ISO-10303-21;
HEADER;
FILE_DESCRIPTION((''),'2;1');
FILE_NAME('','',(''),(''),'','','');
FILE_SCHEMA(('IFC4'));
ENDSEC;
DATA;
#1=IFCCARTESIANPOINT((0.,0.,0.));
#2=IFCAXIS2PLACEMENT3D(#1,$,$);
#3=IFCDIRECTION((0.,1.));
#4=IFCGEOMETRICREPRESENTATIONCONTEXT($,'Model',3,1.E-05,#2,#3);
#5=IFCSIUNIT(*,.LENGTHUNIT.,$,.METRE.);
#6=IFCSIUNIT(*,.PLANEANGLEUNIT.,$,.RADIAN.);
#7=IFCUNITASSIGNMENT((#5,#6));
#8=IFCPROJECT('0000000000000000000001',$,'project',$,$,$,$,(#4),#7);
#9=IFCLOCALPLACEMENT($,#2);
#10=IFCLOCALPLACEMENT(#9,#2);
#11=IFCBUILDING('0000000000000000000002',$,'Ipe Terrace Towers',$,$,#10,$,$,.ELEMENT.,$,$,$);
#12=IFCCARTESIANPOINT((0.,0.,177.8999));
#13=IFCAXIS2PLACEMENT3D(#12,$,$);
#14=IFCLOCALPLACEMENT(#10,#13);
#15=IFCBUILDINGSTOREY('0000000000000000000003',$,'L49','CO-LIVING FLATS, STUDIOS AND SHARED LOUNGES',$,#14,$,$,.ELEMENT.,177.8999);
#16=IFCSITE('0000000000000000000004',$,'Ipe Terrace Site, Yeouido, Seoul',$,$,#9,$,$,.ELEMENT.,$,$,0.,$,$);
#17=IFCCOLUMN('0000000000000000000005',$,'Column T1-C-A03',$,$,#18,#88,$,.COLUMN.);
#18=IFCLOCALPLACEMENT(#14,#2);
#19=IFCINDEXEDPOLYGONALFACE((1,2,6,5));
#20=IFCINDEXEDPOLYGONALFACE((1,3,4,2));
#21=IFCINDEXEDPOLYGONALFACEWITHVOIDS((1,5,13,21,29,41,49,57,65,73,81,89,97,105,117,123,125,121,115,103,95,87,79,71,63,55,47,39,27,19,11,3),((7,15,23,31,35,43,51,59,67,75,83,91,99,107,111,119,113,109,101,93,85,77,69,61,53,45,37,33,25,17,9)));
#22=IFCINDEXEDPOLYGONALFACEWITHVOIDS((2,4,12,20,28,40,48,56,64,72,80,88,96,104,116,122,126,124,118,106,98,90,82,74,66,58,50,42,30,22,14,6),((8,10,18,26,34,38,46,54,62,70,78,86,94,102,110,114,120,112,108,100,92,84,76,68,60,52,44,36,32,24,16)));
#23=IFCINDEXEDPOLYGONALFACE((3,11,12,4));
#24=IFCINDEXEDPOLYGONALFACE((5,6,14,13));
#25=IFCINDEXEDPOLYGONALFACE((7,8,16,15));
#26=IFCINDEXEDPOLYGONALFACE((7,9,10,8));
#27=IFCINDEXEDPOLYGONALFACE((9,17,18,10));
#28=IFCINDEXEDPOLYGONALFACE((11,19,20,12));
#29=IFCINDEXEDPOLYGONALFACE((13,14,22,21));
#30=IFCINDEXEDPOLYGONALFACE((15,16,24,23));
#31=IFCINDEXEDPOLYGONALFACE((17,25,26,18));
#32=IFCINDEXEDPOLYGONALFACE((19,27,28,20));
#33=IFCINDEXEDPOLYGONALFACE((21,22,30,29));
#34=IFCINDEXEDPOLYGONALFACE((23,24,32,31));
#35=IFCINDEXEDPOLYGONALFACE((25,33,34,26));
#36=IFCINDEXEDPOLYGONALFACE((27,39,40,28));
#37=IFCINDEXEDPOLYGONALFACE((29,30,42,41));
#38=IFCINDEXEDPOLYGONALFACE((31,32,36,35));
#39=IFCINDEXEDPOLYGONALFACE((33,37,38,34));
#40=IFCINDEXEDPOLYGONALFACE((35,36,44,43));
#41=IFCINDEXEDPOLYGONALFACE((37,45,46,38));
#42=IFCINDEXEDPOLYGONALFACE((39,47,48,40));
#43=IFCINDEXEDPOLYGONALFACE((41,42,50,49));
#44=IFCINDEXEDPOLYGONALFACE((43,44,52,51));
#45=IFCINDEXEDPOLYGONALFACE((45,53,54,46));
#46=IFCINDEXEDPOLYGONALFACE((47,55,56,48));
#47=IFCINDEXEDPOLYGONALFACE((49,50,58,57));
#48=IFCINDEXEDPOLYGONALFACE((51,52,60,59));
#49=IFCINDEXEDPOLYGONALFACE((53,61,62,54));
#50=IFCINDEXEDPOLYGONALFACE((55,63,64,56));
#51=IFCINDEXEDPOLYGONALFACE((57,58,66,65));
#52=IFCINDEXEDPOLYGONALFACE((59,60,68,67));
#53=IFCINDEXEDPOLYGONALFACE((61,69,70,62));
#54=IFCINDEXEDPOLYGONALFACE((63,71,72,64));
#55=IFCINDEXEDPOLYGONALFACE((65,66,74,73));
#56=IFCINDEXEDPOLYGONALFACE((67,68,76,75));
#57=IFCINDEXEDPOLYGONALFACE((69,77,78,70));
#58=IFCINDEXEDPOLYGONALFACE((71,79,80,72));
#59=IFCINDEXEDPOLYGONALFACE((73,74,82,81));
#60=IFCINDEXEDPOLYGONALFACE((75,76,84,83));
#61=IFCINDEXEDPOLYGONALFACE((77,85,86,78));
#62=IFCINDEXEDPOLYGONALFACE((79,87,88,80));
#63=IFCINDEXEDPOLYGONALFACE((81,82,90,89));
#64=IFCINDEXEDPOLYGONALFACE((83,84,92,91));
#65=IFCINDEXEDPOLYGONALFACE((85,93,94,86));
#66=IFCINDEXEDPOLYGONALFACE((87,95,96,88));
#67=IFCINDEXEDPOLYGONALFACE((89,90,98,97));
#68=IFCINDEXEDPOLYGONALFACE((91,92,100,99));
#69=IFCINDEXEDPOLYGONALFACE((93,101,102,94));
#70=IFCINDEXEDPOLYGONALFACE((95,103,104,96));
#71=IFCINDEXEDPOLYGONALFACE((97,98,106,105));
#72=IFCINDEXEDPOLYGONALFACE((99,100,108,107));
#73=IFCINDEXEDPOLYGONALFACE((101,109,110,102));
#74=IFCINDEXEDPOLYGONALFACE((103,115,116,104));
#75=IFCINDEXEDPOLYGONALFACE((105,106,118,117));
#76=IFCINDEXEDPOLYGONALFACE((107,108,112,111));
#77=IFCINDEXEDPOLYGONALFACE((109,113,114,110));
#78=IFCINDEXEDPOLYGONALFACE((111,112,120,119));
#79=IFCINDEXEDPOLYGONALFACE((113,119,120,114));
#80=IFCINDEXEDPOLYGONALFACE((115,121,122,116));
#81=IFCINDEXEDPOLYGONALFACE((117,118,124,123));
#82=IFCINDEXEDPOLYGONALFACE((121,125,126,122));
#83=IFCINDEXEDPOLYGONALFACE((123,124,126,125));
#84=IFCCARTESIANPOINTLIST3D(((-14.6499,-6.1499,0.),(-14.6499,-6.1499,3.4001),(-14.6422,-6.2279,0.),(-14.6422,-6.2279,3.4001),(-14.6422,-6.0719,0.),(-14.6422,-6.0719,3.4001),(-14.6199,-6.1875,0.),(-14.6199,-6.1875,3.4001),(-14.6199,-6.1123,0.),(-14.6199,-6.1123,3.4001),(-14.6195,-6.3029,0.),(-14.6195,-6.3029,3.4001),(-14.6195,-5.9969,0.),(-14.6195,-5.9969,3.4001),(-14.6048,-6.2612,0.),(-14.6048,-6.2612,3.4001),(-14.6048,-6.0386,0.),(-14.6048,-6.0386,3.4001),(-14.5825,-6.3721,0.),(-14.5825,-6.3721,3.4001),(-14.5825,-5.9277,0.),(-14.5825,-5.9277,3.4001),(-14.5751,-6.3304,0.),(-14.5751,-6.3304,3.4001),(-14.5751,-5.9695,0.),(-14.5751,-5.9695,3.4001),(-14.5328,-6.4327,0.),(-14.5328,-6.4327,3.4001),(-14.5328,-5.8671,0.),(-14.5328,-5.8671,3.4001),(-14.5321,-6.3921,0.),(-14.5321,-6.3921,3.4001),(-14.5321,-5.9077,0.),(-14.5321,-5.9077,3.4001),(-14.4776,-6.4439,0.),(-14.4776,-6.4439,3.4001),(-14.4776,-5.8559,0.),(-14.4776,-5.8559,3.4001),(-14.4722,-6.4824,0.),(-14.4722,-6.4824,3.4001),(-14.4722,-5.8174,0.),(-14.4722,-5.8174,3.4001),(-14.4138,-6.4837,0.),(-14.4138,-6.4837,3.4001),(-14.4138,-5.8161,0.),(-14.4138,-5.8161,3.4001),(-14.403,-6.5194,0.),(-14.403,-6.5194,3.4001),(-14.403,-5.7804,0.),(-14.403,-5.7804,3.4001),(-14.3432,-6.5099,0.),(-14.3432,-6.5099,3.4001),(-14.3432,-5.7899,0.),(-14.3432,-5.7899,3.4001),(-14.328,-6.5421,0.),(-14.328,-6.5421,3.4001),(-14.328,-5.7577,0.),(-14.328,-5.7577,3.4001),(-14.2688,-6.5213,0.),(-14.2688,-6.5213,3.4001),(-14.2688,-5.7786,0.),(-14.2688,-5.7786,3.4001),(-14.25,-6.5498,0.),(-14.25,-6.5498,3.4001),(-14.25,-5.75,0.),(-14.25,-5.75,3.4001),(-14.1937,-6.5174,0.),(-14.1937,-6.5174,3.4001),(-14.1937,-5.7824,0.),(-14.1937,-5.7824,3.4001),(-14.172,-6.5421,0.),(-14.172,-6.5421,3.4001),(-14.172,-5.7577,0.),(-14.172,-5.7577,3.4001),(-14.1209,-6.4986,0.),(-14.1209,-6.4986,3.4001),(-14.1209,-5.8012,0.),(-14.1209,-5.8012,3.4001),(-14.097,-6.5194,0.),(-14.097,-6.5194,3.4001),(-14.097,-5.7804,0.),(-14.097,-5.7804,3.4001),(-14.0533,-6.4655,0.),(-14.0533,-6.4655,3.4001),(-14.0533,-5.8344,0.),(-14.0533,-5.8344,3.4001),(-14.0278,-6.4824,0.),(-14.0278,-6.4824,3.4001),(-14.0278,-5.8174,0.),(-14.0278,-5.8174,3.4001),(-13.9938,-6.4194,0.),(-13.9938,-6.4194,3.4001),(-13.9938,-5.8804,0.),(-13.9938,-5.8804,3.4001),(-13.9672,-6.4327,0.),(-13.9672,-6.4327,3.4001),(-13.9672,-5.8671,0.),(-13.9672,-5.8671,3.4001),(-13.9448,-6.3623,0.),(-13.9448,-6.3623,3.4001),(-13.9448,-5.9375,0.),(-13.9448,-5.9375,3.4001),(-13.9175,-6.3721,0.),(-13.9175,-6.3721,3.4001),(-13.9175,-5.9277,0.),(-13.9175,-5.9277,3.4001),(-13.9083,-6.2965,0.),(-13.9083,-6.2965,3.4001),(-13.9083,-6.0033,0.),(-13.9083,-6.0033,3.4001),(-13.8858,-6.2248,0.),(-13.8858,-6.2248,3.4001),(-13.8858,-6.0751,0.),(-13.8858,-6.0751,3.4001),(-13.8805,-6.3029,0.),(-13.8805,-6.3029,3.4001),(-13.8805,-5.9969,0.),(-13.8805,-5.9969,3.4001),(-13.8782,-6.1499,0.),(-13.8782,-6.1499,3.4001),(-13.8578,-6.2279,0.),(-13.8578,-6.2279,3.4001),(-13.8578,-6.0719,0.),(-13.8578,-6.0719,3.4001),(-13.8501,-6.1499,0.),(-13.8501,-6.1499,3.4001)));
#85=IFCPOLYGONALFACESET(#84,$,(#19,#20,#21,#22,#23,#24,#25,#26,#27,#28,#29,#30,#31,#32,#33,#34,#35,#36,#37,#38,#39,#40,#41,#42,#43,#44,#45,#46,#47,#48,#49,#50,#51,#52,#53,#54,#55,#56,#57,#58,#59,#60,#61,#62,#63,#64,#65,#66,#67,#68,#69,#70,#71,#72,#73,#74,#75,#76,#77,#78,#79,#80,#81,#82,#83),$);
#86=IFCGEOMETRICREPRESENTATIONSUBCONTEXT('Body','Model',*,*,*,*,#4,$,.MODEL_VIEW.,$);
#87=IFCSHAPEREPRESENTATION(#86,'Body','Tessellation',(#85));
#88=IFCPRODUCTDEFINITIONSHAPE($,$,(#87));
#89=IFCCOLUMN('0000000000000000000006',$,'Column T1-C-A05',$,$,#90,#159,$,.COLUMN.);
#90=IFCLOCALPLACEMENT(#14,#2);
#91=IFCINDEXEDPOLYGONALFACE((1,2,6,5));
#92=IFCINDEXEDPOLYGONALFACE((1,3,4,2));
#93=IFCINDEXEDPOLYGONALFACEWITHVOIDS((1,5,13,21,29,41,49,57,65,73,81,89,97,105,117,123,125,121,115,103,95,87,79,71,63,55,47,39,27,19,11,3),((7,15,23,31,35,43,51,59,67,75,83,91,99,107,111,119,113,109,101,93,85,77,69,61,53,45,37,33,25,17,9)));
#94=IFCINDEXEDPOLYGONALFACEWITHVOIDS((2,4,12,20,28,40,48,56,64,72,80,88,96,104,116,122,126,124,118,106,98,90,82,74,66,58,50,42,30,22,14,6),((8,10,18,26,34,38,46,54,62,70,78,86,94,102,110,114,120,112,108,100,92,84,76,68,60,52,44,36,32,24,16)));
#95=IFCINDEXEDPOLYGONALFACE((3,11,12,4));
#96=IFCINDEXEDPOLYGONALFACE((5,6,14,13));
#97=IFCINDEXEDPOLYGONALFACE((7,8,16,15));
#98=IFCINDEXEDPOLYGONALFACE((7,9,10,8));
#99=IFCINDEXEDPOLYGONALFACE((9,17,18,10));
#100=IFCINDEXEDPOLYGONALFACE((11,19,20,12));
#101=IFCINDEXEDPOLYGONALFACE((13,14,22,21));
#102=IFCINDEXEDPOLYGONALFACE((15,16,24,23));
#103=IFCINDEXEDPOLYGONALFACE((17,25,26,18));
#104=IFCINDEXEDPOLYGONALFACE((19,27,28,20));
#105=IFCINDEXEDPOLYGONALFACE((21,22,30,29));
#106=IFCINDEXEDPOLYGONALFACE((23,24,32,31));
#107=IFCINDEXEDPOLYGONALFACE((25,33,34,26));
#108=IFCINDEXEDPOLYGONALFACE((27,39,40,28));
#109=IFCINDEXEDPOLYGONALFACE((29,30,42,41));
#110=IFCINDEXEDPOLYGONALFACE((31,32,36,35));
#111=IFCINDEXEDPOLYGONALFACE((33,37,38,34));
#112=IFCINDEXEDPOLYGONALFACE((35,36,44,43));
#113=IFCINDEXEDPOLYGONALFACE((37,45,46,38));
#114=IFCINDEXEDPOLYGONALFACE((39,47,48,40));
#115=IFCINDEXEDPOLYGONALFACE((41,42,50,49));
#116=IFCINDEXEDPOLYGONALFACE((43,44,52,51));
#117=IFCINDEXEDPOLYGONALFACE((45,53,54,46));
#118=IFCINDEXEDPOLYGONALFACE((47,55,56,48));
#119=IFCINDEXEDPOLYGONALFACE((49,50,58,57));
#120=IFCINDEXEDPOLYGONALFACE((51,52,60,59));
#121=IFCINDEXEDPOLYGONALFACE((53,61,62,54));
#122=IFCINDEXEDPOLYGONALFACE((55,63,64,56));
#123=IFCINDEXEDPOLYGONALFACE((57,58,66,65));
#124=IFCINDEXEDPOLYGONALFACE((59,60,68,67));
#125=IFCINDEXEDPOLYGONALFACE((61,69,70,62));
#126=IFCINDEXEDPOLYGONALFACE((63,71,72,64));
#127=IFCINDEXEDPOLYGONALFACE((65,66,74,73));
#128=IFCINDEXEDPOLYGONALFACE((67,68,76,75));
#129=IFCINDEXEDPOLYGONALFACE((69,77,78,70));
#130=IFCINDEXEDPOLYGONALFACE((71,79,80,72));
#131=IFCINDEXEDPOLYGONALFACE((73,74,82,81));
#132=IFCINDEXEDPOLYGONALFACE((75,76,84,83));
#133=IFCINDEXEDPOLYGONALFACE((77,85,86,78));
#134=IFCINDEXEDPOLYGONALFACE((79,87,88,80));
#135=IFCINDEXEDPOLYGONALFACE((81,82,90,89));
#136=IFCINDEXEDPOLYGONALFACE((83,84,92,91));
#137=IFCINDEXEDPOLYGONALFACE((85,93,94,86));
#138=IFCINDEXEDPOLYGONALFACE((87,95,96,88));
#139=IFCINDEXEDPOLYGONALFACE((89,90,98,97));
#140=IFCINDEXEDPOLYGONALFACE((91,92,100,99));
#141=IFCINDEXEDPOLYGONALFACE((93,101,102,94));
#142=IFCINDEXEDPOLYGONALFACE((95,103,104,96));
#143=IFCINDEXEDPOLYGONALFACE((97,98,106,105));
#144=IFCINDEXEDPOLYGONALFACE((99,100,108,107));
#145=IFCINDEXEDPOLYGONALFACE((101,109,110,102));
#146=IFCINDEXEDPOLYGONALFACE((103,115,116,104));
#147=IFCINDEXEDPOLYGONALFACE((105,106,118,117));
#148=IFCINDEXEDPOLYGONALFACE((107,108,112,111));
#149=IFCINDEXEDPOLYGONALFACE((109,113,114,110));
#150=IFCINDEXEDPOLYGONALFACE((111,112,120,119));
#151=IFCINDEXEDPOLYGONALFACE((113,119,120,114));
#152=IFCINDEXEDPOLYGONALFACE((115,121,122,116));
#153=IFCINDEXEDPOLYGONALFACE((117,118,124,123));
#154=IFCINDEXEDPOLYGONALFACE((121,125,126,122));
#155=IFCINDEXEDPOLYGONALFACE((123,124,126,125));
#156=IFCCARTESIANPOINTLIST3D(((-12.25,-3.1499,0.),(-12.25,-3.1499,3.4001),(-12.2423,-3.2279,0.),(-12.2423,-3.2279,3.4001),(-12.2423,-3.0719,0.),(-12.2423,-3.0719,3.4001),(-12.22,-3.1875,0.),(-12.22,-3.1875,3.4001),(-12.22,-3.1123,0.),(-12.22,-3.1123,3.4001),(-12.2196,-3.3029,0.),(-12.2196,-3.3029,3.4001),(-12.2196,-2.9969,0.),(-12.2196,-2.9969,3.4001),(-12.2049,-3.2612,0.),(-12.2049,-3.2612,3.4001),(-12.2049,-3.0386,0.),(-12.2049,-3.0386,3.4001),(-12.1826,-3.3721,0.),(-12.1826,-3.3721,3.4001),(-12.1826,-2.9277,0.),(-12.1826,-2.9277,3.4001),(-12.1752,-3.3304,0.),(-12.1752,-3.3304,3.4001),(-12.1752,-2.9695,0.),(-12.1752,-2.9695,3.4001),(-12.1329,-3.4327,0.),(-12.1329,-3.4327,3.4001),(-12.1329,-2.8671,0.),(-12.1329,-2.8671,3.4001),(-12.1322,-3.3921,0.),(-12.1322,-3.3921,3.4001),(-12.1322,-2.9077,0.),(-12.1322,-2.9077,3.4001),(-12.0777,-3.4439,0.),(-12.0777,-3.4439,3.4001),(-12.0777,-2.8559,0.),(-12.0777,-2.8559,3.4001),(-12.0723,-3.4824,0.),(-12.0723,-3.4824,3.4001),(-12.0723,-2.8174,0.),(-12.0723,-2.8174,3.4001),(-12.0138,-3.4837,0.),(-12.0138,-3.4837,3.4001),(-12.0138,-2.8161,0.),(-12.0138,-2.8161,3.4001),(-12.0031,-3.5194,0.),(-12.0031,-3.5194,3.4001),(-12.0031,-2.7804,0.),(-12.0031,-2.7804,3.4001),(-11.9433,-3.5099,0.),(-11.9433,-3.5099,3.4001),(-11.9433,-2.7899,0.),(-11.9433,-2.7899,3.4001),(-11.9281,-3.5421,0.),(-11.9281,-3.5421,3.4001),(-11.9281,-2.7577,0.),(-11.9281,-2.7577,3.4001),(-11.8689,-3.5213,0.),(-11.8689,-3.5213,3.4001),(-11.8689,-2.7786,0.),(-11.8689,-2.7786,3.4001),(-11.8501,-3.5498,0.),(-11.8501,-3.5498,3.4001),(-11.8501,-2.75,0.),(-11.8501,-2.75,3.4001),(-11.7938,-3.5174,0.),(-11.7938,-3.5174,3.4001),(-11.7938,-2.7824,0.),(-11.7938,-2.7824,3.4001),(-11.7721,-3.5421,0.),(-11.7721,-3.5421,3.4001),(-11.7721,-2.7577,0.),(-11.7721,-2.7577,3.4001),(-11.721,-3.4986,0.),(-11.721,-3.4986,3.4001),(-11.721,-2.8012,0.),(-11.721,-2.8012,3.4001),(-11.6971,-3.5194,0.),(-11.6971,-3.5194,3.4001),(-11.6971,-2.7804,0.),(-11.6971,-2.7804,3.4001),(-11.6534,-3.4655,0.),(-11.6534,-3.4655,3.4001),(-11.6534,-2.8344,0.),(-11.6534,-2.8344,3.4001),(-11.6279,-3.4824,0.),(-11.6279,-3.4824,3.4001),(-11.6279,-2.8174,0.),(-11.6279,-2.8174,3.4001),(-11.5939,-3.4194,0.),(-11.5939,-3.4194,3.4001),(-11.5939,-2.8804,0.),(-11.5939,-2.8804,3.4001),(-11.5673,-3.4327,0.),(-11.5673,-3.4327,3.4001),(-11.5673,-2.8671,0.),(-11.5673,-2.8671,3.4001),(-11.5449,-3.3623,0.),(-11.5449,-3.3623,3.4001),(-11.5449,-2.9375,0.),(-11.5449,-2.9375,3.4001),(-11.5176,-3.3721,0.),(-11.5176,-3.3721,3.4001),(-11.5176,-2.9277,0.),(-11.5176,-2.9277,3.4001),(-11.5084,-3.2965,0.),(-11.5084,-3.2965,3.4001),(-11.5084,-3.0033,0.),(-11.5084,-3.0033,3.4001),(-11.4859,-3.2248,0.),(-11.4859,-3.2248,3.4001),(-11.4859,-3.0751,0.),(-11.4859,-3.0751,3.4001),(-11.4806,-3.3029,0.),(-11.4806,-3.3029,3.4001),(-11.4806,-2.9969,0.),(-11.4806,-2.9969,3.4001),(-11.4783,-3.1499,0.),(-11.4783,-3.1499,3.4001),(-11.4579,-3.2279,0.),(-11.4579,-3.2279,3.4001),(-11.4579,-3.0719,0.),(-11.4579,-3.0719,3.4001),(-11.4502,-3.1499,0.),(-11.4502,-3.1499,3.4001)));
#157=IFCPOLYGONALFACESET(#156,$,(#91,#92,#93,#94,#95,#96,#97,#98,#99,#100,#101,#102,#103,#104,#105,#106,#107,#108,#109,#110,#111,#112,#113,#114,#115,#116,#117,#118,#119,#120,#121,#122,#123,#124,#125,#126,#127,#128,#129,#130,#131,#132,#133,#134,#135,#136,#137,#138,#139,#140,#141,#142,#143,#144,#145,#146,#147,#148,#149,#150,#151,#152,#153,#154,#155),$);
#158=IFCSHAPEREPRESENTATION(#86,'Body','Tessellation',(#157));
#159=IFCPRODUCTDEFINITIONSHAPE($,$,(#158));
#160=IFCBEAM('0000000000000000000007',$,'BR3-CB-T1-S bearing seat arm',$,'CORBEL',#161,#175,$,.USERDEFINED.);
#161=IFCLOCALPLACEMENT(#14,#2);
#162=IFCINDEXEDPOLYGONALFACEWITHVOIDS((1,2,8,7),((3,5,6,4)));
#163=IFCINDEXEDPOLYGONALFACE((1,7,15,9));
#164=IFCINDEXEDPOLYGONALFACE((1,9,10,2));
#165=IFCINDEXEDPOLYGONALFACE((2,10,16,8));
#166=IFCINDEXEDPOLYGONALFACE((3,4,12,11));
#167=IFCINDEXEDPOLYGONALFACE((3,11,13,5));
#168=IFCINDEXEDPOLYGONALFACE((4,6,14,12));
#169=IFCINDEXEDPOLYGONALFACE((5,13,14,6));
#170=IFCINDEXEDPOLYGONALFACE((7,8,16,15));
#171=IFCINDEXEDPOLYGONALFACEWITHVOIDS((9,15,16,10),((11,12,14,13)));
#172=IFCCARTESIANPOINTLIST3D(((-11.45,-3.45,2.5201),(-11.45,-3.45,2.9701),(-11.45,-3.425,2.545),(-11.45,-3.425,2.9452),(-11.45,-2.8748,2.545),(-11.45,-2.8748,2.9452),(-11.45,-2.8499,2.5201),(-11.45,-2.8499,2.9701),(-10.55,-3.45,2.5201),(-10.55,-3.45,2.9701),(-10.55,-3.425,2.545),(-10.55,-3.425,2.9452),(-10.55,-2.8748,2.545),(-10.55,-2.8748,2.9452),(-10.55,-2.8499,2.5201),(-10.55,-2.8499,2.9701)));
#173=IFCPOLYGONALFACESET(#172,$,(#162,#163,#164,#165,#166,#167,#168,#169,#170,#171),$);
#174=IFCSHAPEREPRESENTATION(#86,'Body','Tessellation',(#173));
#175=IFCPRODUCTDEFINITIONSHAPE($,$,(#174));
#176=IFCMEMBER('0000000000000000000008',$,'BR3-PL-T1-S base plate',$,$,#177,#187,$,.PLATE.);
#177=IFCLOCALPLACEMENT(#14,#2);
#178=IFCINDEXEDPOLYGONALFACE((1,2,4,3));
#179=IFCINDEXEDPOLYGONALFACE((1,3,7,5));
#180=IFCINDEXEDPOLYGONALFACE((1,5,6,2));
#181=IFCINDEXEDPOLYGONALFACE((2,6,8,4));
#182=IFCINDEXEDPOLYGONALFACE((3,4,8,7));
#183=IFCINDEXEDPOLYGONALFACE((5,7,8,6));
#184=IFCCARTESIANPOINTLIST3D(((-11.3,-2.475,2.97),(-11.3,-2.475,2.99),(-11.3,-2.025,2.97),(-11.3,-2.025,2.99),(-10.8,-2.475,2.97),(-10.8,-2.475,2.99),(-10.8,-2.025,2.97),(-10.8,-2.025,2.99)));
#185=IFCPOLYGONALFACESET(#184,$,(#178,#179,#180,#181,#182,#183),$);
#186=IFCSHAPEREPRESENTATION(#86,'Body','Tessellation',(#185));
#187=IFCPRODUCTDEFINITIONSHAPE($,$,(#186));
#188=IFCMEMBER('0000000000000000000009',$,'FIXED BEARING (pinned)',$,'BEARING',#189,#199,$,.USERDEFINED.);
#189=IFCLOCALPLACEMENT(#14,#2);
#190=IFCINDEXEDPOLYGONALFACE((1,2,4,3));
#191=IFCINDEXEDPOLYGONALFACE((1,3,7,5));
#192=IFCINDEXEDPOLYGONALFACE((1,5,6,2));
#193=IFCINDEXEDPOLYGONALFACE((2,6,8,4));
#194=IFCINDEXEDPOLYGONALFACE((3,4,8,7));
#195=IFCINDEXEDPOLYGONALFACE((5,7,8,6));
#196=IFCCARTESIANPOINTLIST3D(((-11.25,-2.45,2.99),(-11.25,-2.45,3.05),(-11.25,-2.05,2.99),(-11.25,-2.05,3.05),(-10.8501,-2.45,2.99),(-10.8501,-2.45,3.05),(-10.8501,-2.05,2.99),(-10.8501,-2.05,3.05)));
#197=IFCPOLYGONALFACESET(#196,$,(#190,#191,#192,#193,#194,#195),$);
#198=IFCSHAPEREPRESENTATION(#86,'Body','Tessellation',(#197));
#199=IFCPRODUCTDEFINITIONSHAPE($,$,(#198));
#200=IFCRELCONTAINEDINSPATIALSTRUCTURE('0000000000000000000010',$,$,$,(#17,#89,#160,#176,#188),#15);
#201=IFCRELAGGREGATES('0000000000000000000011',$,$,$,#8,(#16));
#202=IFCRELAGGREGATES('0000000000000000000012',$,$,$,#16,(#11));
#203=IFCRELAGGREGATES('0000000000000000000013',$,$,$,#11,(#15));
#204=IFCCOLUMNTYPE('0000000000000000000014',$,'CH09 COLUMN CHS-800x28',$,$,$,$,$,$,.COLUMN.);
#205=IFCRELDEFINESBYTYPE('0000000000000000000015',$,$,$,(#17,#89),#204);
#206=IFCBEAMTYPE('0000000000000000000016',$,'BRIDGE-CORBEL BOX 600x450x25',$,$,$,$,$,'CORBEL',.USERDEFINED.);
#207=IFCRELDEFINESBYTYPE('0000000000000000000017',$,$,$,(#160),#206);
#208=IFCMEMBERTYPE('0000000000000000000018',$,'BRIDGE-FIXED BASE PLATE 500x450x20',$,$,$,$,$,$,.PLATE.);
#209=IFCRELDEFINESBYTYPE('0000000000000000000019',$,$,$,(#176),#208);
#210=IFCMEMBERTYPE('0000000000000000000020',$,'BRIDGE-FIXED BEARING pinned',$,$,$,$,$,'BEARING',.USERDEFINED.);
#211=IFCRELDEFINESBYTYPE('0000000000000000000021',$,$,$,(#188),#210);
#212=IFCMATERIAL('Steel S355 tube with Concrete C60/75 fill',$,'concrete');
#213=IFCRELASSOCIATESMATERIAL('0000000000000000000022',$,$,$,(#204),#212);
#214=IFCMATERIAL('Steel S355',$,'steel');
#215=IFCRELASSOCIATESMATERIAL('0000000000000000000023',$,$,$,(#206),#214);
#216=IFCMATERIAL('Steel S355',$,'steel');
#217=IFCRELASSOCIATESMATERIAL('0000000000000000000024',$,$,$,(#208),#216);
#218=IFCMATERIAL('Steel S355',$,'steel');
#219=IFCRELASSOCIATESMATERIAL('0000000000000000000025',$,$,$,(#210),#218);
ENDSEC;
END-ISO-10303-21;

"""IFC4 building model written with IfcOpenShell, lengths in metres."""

from ifc_helpers import new_model, si_unit, direction, frame, origin, origin_2d, place, context, subcontext, project, spatial, rectangle, hollow_rectangle, hollow_circle, extrude, material, material_profile, profile_set, type_object, element, save


model = new_model("IFC4")

# Units and contexts
model_context = context("Model", 3, precision=1e-05, world=origin(), true_north=direction((0.0, 1.0)))
body_context = subcontext(model_context, "Body", "Model", "MODEL_VIEW")
ifc_project = project(units=[si_unit("LENGTHUNIT", "METRE"), si_unit("PLANEANGLEUNIT", "RADIAN")], contexts=[model_context])

# Site, building, storey
site_placement = place(None, origin())
site = spatial("IfcSite", under=ifc_project, at=site_placement, Name="Ipe Terrace Site, Yeouido, Seoul", CompositionType="ELEMENT", RefElevation=0.0)
building_placement = place(site_placement, origin())
building = spatial("IfcBuilding", under=site, at=building_placement, Name="Ipe Terrace Towers", CompositionType="ELEMENT")
storey_placement = place(building_placement, frame((0.0, 0.0, 177.8999)))
storey = spatial("IfcBuildingStorey", under=building, at=storey_placement, Name="L49", Description="CO-LIVING FLATS, STUDIOS AND SHARED LOUNGES", CompositionType="ELEMENT", Elevation=177.8999)

# Columns
ifc_material_1 = material(Name="Steel S355 tube with Concrete C60/75 fill", Category="concrete")
ifc_material_profile_1 = material_profile(ifc_material_1, hollow_circle(Radius=0.3999, WallThickness=0.0281, at=origin_2d()), Name="CHS-800x28")
ifc_profile_set_1 = profile_set([ifc_material_profile_1], Name="Steel S355 tube with Concrete C60/75 fill")
column_type = type_object("IfcColumnType", Name="CH09 COLUMN CHS-800x28", PredefinedType="COLUMN", material=ifc_profile_set_1)
for number, where, z_axis, x_axis, name in (
    (1, (-14.25, -6.1499, 0.0), (0.0, 0.0, 1.0), (1.0, 0.0, 0.0), "Column T1-C-A03"),
    (2, (-11.8501, -3.1499, 0.0), (0.0, 0.0, 1.0), (1.0, 0.0, 0.0), "Column T1-C-A05"),
):
    element("IfcColumn", number, at=place(storey_placement, frame(where, z_axis=z_axis, x_axis=x_axis)), inside=storey, type_object=column_type, Name=name, PredefinedType="COLUMN", context=body_context, shape_type="SweptSolid", body=[
        extrude(hollow_circle(Radius=0.3999, WallThickness=0.0281, at=origin_2d()), origin(), (0.0, 0.0, 1.0), 3.4001),
    ])

# Beam
ifc_material_2 = material(Name="Steel S355", Category="steel")
ifc_material_profile_2 = material_profile(ifc_material_2, hollow_rectangle(XDim=0.6001, YDim=0.45, WallThickness=0.0249, at=origin_2d()), Name="BRIDGE-CORBEL BOX 600x450x25")
ifc_profile_set_2 = profile_set([ifc_material_profile_2], Name="Steel S355")
beam_type_1 = type_object("IfcBeamType", Name="BRIDGE-CORBEL BOX 600x450x25", ElementType="CORBEL", PredefinedType="USERDEFINED", material=ifc_profile_set_2)
beam_1_placement = place(storey_placement, frame((-11.45, -3.1499, 2.7451), z_axis=(1.0, 0.0, 0.0), x_axis=(0.0, 1.0, 0.0)))
element("IfcBeam", 3, at=beam_1_placement, inside=storey, type_object=beam_type_1, Name="BR3-CB-T1-S bearing seat arm", ObjectType="CORBEL", PredefinedType="USERDEFINED", context=body_context, shape_type="SweptSolid", body=[
    extrude(hollow_rectangle(XDim=0.6001, YDim=0.45, WallThickness=0.0249, at=origin_2d()), origin(), (0.0, 0.0, 1.0), 0.8999),
])

# Members
ifc_material_3 = material(Name="Steel S355", Category="steel")
member_type_1 = type_object("IfcMemberType", Name="BRIDGE-FIXED BASE PLATE 500x450x20", PredefinedType="PLATE", material=ifc_material_3)
member_1_placement = place(storey_placement, frame((-11.05, -2.25, 2.97), z_axis=(0.0, 0.0, 1.0), x_axis=(1.0, 0.0, 0.0)))
element("IfcMember", 4, at=member_1_placement, inside=storey, type_object=member_type_1, Name="BR3-PL-T1-S base plate", PredefinedType="PLATE", context=body_context, shape_type="SweptSolid", body=[
    extrude(rectangle(XDim=0.5, YDim=0.45, at=origin_2d()), origin(), (0.0, 0.0, 1.0), 0.02),
])
ifc_material_4 = material(Name="Steel S355", Category="steel")
member_type_2 = type_object("IfcMemberType", Name="BRIDGE-FIXED BEARING pinned", ElementType="BEARING", PredefinedType="USERDEFINED", material=ifc_material_4)
member_2_placement = place(storey_placement, frame((-11.05, -2.25, 2.99), z_axis=(0.0, 0.0, 1.0), x_axis=(1.0, 0.0, 0.0)))
element("IfcMember", 5, at=member_2_placement, inside=storey, type_object=member_type_2, Name="FIXED BEARING (pinned)", ObjectType="BEARING", PredefinedType="USERDEFINED", context=body_context, shape_type="SweptSolid", body=[
    extrude(rectangle(XDim=0.3999, YDim=0.3999, at=origin_2d()), origin(), (0.0, 0.0, 1.0), 0.0601),
])

save(model, "model.ifc")
